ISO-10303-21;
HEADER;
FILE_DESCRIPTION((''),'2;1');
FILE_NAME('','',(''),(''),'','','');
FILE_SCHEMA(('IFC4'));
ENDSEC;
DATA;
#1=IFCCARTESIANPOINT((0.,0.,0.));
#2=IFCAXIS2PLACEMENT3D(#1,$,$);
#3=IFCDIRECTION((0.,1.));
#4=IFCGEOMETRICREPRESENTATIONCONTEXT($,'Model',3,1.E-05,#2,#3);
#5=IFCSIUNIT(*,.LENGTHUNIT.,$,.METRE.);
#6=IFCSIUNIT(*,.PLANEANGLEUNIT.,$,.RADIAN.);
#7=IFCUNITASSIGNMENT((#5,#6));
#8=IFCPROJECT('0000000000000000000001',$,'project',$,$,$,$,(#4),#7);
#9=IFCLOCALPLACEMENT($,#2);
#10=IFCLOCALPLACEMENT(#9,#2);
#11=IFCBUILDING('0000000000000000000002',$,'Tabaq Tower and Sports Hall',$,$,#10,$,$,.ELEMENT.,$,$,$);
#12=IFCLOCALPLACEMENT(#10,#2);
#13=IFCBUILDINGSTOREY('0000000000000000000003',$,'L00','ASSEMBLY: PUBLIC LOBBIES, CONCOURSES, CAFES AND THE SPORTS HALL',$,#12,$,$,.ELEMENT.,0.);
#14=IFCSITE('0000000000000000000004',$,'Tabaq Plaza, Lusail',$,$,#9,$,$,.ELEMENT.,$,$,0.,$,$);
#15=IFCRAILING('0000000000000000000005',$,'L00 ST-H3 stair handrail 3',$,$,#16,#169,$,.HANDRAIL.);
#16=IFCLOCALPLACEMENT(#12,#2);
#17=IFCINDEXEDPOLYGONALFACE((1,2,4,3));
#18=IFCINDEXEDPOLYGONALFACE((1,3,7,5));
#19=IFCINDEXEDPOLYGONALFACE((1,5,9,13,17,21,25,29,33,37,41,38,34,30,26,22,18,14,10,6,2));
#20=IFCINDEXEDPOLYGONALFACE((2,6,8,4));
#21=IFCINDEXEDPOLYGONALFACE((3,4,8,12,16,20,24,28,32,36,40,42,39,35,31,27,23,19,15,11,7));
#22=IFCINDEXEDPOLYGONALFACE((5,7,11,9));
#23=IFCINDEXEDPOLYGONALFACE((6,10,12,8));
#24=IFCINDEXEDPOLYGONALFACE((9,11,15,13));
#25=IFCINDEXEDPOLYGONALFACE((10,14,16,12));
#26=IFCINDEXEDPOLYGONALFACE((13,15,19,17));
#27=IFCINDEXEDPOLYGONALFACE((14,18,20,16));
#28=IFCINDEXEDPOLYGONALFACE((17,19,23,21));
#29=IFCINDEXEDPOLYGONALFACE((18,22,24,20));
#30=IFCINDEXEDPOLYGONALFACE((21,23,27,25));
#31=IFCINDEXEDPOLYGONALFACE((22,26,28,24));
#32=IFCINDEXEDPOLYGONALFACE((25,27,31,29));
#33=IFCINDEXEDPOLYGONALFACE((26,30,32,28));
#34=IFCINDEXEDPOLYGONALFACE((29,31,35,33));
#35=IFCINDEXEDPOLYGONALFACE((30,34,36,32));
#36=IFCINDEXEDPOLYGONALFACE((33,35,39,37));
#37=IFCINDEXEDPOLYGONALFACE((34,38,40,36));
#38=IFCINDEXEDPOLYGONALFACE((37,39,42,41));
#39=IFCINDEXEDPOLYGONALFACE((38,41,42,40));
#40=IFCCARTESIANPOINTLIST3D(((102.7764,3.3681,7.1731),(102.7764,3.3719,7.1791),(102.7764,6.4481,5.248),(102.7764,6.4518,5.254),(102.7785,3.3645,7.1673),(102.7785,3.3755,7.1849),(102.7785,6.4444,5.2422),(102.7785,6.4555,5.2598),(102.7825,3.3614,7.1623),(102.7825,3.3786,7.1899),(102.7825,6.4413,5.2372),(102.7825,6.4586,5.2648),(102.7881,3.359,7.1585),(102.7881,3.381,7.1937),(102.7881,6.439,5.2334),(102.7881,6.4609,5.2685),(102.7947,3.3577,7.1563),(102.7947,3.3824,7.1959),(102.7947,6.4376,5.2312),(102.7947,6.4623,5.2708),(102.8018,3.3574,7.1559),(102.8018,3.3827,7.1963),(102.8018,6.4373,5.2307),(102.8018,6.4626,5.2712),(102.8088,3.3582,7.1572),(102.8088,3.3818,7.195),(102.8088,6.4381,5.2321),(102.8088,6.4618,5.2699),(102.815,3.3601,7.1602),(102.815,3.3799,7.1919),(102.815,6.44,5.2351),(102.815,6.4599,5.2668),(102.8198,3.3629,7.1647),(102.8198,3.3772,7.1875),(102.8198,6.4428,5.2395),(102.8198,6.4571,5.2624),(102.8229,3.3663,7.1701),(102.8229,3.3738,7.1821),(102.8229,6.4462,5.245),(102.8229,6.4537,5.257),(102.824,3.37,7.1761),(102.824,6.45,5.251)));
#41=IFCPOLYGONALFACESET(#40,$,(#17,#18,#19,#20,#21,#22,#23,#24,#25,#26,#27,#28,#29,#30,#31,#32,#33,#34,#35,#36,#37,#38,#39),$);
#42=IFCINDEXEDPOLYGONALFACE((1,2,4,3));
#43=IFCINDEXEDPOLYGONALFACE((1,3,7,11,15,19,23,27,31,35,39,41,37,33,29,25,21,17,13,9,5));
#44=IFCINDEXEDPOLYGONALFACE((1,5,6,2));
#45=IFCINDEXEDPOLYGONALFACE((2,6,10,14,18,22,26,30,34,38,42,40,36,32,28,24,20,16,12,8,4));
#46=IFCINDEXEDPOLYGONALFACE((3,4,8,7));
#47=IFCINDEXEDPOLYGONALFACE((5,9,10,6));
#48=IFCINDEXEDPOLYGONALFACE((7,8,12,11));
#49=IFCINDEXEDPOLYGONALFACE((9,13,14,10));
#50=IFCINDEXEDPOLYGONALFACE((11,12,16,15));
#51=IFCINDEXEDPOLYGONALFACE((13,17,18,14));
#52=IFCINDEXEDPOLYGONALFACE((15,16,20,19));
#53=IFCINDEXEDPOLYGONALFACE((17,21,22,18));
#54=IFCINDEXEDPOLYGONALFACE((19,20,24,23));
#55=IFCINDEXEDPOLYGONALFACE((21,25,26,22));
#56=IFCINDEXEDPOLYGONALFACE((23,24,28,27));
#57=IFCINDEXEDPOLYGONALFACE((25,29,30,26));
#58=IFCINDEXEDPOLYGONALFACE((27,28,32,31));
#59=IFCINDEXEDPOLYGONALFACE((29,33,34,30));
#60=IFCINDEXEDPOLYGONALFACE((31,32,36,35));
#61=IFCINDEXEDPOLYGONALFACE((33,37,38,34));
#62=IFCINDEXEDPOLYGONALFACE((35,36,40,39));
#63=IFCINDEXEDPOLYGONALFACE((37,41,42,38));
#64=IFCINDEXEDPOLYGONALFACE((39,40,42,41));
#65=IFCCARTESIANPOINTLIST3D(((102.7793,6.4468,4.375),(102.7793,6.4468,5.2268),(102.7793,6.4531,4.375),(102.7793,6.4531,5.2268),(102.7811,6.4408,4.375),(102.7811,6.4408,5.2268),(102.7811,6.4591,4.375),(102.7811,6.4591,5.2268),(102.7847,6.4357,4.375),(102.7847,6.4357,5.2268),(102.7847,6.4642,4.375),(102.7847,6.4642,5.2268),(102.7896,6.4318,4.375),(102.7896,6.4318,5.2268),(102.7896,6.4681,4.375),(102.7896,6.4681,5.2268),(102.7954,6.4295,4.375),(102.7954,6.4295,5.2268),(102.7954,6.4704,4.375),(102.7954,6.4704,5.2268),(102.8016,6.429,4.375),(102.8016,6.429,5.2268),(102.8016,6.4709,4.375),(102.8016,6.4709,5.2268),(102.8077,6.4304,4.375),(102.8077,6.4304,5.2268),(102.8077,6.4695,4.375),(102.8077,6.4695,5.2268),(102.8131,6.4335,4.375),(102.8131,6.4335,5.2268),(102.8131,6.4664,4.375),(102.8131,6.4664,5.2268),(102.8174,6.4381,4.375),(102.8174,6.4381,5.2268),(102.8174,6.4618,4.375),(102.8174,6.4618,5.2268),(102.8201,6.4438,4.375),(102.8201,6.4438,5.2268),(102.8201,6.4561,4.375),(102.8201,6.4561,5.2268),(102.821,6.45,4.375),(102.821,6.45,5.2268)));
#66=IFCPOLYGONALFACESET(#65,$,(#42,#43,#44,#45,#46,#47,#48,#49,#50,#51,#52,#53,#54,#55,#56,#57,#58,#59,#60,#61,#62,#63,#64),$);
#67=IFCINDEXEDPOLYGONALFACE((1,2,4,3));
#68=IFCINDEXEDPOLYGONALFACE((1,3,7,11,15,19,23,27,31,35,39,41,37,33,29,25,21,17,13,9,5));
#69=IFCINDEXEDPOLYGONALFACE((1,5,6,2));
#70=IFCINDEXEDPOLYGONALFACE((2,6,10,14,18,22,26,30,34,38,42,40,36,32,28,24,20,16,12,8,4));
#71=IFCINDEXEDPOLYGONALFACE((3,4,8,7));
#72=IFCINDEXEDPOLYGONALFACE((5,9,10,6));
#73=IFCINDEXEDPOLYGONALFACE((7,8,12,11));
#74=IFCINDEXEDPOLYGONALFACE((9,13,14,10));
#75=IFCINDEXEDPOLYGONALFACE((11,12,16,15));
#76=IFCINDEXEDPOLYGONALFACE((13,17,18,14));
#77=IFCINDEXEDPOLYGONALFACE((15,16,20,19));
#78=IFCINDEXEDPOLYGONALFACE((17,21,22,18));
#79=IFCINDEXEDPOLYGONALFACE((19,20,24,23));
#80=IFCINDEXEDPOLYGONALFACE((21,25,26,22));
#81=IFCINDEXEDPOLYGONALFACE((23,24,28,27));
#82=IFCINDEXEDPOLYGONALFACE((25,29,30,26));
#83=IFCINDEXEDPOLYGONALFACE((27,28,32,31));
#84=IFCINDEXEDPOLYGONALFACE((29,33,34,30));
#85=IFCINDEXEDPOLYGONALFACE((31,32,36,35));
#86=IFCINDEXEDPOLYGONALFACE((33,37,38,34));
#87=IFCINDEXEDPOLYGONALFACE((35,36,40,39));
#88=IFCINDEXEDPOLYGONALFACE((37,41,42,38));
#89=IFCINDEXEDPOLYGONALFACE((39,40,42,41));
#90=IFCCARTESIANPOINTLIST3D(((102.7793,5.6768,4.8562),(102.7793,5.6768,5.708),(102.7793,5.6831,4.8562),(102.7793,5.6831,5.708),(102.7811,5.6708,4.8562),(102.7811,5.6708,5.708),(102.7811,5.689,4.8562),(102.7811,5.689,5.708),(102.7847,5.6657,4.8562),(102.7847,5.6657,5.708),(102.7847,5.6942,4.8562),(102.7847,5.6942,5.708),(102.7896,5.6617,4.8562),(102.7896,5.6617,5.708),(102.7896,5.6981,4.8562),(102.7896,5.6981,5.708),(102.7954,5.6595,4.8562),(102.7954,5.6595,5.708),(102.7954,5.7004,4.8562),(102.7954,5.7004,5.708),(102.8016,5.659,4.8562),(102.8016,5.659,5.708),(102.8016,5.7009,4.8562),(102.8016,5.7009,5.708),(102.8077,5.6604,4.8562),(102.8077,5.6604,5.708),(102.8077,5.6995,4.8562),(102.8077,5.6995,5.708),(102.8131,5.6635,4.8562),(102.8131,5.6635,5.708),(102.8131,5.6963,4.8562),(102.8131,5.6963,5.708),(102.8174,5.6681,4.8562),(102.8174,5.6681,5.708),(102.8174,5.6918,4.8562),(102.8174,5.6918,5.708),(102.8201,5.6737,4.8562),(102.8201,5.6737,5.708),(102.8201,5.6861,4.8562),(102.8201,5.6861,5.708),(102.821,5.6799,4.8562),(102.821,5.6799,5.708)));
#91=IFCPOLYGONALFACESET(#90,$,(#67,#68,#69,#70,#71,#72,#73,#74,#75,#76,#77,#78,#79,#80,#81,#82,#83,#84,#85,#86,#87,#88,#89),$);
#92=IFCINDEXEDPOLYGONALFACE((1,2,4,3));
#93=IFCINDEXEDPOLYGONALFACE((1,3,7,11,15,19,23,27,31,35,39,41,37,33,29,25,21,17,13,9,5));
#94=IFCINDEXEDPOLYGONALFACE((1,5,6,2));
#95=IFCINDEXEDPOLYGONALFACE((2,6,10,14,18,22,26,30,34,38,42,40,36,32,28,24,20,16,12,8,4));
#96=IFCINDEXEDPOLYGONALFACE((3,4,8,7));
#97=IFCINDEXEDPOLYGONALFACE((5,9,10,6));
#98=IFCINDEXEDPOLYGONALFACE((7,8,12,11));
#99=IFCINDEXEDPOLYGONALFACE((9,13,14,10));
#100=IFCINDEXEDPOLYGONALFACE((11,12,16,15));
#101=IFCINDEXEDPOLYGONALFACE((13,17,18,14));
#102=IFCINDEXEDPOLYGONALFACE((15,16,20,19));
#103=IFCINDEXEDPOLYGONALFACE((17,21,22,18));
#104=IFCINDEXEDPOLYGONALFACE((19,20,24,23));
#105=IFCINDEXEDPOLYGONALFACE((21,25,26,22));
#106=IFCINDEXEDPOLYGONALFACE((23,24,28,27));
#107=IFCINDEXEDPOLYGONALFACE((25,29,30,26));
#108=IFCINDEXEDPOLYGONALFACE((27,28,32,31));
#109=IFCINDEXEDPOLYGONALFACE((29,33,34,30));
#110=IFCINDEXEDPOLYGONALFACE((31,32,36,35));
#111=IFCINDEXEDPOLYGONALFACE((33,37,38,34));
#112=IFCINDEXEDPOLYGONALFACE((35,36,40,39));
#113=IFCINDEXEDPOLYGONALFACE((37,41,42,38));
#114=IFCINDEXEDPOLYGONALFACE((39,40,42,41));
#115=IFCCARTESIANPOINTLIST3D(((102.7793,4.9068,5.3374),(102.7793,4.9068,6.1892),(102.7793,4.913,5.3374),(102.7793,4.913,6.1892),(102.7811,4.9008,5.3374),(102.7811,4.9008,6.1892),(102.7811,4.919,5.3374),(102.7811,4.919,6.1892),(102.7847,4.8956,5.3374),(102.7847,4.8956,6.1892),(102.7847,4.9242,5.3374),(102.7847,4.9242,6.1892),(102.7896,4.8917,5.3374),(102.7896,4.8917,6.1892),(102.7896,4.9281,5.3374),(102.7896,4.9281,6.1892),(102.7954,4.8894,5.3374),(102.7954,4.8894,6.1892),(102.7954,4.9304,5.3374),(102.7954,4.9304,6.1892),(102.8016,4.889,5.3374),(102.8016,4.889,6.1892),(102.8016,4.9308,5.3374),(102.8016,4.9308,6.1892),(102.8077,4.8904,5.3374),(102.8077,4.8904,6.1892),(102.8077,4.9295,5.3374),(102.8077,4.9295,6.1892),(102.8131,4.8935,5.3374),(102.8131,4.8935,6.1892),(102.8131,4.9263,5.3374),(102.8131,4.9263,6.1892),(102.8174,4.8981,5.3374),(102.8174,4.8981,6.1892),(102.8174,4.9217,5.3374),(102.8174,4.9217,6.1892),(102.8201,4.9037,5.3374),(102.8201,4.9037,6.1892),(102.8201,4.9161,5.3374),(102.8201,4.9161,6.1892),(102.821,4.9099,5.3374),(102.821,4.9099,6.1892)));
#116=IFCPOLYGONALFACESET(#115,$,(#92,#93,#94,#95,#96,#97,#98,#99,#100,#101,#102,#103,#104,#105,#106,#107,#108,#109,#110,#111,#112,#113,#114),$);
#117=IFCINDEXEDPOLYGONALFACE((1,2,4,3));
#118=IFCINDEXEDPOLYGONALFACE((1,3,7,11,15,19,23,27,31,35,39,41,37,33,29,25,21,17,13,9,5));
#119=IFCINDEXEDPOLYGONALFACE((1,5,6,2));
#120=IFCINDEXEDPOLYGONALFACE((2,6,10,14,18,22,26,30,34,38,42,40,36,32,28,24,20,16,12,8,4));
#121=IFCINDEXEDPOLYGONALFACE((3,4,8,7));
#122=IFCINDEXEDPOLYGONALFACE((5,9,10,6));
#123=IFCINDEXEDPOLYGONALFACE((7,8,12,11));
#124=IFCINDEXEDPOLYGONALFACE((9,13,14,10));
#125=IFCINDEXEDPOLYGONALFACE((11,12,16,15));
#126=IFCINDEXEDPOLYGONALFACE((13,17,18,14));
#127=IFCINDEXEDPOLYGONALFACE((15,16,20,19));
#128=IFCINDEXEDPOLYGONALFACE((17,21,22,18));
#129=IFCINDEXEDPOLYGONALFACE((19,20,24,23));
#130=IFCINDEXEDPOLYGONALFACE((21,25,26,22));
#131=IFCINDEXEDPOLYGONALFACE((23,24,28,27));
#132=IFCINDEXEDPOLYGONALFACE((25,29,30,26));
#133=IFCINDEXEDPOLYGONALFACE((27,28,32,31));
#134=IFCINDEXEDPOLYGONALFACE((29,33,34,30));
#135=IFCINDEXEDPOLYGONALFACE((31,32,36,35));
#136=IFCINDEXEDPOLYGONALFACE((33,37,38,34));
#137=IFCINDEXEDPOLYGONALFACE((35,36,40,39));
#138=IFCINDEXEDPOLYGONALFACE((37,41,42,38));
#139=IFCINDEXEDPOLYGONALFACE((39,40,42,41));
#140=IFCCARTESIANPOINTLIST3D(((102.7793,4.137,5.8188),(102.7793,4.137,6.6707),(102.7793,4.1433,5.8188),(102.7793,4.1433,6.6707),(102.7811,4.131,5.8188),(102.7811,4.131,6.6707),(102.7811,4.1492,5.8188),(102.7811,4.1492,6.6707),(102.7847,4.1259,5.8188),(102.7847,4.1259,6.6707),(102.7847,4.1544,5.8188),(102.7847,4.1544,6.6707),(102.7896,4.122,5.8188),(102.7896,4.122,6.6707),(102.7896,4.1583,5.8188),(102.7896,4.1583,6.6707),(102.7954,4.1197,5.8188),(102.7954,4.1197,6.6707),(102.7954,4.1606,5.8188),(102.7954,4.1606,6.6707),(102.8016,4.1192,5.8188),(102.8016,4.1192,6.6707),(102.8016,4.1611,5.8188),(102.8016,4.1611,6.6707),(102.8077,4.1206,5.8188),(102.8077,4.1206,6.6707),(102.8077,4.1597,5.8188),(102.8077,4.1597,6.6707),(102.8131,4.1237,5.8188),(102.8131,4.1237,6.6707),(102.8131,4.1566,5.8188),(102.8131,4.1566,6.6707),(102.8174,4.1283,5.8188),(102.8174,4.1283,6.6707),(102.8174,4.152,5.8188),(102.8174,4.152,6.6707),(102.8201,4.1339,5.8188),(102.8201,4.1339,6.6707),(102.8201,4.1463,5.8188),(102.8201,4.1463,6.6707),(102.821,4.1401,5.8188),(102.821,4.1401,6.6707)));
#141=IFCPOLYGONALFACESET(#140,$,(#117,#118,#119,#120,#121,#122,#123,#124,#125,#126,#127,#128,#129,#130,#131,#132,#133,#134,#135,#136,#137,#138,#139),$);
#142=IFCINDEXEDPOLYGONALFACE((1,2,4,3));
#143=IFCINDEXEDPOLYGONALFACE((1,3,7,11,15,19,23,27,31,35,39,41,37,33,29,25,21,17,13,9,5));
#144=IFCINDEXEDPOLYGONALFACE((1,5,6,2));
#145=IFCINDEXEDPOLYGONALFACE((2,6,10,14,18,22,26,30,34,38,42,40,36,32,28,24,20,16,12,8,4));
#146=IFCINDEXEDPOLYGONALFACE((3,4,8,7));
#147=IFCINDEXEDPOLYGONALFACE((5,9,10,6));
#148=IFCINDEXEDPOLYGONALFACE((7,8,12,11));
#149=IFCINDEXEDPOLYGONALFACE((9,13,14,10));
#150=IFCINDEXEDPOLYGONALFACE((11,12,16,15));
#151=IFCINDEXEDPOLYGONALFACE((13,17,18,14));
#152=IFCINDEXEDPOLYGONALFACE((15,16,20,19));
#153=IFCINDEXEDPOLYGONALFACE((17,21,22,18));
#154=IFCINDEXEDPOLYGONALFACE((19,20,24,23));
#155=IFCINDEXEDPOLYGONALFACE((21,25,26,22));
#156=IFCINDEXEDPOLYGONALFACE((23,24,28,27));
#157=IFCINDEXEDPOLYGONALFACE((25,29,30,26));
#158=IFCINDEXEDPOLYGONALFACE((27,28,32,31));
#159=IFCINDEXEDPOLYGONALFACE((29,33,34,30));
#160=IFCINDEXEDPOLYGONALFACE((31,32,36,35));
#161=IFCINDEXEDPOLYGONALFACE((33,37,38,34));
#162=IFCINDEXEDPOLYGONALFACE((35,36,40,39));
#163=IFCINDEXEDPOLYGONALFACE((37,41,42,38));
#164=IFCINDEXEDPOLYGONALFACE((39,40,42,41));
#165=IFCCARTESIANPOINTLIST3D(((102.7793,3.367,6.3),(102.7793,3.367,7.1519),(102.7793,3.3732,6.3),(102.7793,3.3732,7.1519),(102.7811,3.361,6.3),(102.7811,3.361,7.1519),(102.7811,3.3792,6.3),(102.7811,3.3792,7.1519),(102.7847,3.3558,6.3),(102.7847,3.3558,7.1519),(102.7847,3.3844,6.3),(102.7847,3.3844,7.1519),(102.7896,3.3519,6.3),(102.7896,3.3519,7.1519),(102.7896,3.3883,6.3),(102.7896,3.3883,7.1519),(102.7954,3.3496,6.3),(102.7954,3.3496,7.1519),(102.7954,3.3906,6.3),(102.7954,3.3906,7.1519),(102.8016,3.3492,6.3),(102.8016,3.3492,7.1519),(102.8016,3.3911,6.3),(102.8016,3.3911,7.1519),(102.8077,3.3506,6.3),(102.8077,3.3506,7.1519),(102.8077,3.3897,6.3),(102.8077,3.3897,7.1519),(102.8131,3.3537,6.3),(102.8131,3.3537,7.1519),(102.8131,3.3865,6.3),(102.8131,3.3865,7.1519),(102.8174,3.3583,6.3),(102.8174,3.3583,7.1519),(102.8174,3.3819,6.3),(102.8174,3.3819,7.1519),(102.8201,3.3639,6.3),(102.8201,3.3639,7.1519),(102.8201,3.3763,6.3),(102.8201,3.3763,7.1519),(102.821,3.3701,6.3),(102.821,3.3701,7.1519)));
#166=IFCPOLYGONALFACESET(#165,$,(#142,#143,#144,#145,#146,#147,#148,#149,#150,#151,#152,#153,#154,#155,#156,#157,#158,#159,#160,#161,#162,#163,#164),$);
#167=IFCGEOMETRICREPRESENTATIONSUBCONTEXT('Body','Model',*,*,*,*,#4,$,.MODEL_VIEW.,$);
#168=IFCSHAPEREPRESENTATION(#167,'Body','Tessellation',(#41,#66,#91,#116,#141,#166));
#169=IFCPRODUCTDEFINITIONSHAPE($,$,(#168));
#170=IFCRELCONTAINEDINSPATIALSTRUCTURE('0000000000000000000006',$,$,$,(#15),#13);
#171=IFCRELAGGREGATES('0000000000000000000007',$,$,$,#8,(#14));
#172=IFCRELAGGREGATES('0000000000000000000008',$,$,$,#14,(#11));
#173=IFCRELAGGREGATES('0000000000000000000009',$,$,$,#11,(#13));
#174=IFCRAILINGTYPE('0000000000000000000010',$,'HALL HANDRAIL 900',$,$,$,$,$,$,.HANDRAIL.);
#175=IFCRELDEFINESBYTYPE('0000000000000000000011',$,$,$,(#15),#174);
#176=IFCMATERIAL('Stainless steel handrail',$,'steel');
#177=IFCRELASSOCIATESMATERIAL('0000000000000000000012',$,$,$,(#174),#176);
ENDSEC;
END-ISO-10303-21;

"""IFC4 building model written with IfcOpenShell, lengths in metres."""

from ifc_helpers import new_model, si_unit, direction, frame, origin, origin_2d, place, context, subcontext, project, spatial, circle, extrude, material, type_object, element, save


model = new_model("IFC4")

# Units and contexts
model_context = context("Model", 3, precision=1e-05, world=origin(), true_north=direction((0.0, 1.0)))
body_context = subcontext(model_context, "Body", "Model", "MODEL_VIEW")
ifc_project = project(units=[si_unit("LENGTHUNIT", "METRE"), si_unit("PLANEANGLEUNIT", "RADIAN")], contexts=[model_context])

# Site, building, storey
site_placement = place(None, origin())
site = spatial("IfcSite", under=ifc_project, at=site_placement, Name="Tabaq Plaza, Lusail", CompositionType="ELEMENT", RefElevation=0.0)
building_placement = place(site_placement, origin())
building = spatial("IfcBuilding", under=site, at=building_placement, Name="Tabaq Tower and Sports Hall", CompositionType="ELEMENT")
storey_placement = place(building_placement, origin())
storey = spatial("IfcBuildingStorey", under=building, at=storey_placement, Name="L00", Description="ASSEMBLY: PUBLIC LOBBIES, CONCOURSES, CAFES AND THE SPORTS HALL", CompositionType="ELEMENT", Elevation=0.0)

# Railing
ifc_material_1 = material(Name="Stainless steel handrail", Category="steel")
railing_type_1 = type_object("IfcRailingType", Name="HALL HANDRAIL 900", PredefinedType="HANDRAIL", material=ifc_material_1)
railing_1_placement = place(storey_placement, frame((102.8, 6.45, 4.375)))
element("IfcRailing", 1, at=railing_1_placement, inside=storey, type_object=railing_type_1, Name="L00 ST-H3 stair handrail 3", PredefinedType="HANDRAIL", context=body_context, shape_type="SweptSolid", body=[
    extrude(circle(Radius=0.0239, at=origin_2d()), frame((0.0, 0.0, 0.876), z_axis=(0.0, -0.847979, 0.530029), x_axis=(1.0, 0.0, 0.0)), (0.0, 0.0, 1.0), 3.6321),
    extrude(circle(Radius=0.021, at=origin_2d()), origin(), (0.0, 0.0, 1.0), 0.8518),
    extrude(circle(Radius=0.021, at=origin_2d()), frame((0.0, -0.77, 0.4812)), (0.0, 0.0, 1.0), 0.8518),
    extrude(circle(Radius=0.021, at=origin_2d()), frame((0.0, -1.54, 0.9624)), (0.0, 0.0, 1.0), 0.8518),
    extrude(circle(Radius=0.021, at=origin_2d()), frame((0.0, -2.3098, 1.4438)), (0.0, 0.0, 1.0), 0.8518),
    extrude(circle(Radius=0.021, at=origin_2d()), frame((0.0, -3.0798, 1.925)), (0.0, 0.0, 1.0), 0.8518),
])

save(model, "model.ifc")
